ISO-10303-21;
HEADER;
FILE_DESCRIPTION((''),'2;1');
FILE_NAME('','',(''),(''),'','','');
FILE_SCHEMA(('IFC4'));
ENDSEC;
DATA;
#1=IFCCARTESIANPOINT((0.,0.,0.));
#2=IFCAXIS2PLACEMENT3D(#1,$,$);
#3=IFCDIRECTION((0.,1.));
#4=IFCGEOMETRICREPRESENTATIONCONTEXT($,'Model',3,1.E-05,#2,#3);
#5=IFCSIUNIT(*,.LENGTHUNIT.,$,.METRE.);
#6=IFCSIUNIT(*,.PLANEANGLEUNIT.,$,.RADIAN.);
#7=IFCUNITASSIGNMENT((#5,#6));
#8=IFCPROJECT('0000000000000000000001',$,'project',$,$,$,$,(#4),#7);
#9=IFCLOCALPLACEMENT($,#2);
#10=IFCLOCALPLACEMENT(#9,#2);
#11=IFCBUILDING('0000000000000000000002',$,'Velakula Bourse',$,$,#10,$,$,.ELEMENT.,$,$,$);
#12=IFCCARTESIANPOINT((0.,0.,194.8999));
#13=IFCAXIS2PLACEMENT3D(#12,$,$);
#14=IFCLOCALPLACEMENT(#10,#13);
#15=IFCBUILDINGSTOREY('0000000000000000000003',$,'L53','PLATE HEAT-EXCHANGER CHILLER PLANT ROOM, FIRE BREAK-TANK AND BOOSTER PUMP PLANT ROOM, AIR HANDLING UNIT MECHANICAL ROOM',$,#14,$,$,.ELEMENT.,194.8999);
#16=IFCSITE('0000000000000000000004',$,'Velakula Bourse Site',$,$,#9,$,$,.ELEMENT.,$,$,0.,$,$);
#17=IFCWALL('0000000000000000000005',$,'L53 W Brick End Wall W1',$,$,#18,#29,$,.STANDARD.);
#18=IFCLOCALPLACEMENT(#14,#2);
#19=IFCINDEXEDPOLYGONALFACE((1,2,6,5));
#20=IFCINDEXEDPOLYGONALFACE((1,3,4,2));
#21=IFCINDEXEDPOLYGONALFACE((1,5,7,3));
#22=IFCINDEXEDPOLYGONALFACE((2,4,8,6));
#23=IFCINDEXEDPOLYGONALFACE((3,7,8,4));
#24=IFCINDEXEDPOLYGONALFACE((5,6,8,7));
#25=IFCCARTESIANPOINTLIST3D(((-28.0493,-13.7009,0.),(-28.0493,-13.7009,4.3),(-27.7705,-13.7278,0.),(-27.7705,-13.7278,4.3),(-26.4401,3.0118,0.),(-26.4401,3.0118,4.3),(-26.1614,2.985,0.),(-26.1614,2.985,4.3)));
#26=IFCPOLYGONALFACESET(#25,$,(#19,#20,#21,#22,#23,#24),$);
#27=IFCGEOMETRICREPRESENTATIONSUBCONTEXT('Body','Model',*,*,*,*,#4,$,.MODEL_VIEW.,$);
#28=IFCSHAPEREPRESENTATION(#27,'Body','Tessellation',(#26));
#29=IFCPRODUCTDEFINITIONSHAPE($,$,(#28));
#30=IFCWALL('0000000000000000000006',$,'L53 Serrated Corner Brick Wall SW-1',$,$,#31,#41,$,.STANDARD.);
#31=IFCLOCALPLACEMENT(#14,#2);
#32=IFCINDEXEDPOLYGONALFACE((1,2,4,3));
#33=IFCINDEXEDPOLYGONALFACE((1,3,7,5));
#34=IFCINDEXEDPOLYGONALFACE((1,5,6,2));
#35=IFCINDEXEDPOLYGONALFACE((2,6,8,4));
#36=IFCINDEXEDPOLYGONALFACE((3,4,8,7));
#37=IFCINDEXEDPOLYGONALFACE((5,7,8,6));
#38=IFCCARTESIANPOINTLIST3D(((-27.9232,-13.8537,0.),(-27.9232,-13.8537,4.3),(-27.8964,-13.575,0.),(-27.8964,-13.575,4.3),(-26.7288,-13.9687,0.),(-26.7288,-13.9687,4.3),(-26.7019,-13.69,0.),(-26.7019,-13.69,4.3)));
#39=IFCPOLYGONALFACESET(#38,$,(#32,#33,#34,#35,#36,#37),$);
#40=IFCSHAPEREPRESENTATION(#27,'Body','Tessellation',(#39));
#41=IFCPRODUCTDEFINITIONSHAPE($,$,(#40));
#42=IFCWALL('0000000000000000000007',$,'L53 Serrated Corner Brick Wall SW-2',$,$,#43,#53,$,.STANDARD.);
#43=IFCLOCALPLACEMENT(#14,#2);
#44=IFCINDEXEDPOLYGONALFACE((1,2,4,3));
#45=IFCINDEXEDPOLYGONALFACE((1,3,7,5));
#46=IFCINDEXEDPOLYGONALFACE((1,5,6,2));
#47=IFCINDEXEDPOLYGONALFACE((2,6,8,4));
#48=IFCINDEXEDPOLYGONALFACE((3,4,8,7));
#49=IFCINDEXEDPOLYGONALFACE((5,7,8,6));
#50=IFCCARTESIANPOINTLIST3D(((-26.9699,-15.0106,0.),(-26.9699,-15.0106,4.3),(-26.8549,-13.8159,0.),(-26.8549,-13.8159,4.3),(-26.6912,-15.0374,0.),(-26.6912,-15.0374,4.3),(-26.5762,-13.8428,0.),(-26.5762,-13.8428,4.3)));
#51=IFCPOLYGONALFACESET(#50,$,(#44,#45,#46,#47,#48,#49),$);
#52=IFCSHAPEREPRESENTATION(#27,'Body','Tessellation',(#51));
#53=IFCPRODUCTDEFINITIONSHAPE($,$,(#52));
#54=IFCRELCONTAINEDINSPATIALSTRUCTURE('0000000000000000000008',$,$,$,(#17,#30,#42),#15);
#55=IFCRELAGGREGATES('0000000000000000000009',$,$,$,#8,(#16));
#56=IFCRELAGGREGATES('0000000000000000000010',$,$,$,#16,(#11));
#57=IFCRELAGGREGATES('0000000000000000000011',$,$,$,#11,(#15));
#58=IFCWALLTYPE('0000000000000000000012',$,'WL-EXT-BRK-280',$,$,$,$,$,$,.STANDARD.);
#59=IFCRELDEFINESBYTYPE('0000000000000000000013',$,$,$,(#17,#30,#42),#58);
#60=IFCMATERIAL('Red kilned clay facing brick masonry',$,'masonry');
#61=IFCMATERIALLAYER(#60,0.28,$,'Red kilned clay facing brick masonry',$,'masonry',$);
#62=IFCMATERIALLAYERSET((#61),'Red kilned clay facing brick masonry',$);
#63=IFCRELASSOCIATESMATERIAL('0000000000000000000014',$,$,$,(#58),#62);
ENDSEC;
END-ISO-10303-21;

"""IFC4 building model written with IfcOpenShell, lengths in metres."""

from ifc_helpers import new_model, si_unit, direction, frame, frame_2d, origin, place, context, subcontext, project, spatial, rectangle, extrude, material, layer, layer_set, type_object, element, save


model = new_model("IFC4")

# Units and contexts
model_context = context("Model", 3, precision=1e-05, world=origin(), true_north=direction((0.0, 1.0)))
body_context = subcontext(model_context, "Body", "Model", "MODEL_VIEW")
ifc_project = project(units=[si_unit("LENGTHUNIT", "METRE"), si_unit("PLANEANGLEUNIT", "RADIAN")], contexts=[model_context])

# Site, building, storey
site_placement = place(None, origin())
site = spatial("IfcSite", under=ifc_project, at=site_placement, Name="Velakula Bourse Site", CompositionType="ELEMENT", RefElevation=0.0)
building_placement = place(site_placement, origin())
building = spatial("IfcBuilding", under=site, at=building_placement, Name="Velakula Bourse", CompositionType="ELEMENT")
storey_placement = place(building_placement, frame((0.0, 0.0, 194.8999)))
storey = spatial("IfcBuildingStorey", under=building, at=storey_placement, Name="L53", Description="PLATE HEAT-EXCHANGER CHILLER PLANT ROOM, FIRE BREAK-TANK AND BOOSTER PUMP PLANT ROOM, AIR HANDLING UNIT MECHANICAL ROOM", CompositionType="ELEMENT", Elevation=194.8999)

# Walls
ifc_material_1 = material(Name="Red kilned clay facing brick masonry", Category="masonry")
ifc_layer_1 = layer(ifc_material_1, 0.28, Name="Red kilned clay facing brick masonry", Category="masonry")
ifc_layer_set_1 = layer_set([ifc_layer_1], Name="Red kilned clay facing brick masonry")
wall_type_1 = type_object("IfcWallType", Name="WL-EXT-BRK-280", PredefinedType="STANDARD", material=ifc_layer_set_1)
wall_1_placement = place(storey_placement, frame((-27.9099, -13.7144, 0.0), z_axis=(0.0, 0.0, 1.0), x_axis=(0.095839, 0.995397, 0.0)))
element("IfcWall", 1, at=wall_1_placement, inside=storey, type_object=wall_type_1, Name="L53 W Brick End Wall W1", PredefinedType="STANDARD", context=body_context, shape_type="SweptSolid", body=[
    extrude(rectangle(XDim=16.79, YDim=0.28, at=frame_2d((8.395, 0.0))), origin(), (0.0, 0.0, 1.0), 4.3),
])
wall_2_placement = place(storey_placement, frame((-27.9099, -13.7144, 0.0), z_axis=(0.0, 0.0, 1.0), x_axis=(0.995397, -0.095836, 0.0)))
element("IfcWall", 2, at=wall_2_placement, inside=storey, type_object=wall_type_1, Name="L53 Serrated Corner Brick Wall SW-1", PredefinedType="STANDARD", context=body_context, shape_type="SweptSolid", body=[
    extrude(rectangle(XDim=1.2, YDim=0.28, at=frame_2d((0.6001, 0.0))), origin(), (0.0, 0.0, 1.0), 4.3),
])
wall_3_placement = place(storey_placement, frame((-26.7156, -13.8293, 0.0), z_axis=(0.0, 0.0, 1.0), x_axis=(-0.095817, -0.995399, 0.0)))
element("IfcWall", 3, at=wall_3_placement, inside=storey, type_object=wall_type_1, Name="L53 Serrated Corner Brick Wall SW-2", PredefinedType="STANDARD", context=body_context, shape_type="SweptSolid", body=[
    extrude(rectangle(XDim=1.2002, YDim=0.28, at=frame_2d((0.6001, 0.0))), origin(), (0.0, 0.0, 1.0), 4.3),
])

save(model, "model.ifc")
